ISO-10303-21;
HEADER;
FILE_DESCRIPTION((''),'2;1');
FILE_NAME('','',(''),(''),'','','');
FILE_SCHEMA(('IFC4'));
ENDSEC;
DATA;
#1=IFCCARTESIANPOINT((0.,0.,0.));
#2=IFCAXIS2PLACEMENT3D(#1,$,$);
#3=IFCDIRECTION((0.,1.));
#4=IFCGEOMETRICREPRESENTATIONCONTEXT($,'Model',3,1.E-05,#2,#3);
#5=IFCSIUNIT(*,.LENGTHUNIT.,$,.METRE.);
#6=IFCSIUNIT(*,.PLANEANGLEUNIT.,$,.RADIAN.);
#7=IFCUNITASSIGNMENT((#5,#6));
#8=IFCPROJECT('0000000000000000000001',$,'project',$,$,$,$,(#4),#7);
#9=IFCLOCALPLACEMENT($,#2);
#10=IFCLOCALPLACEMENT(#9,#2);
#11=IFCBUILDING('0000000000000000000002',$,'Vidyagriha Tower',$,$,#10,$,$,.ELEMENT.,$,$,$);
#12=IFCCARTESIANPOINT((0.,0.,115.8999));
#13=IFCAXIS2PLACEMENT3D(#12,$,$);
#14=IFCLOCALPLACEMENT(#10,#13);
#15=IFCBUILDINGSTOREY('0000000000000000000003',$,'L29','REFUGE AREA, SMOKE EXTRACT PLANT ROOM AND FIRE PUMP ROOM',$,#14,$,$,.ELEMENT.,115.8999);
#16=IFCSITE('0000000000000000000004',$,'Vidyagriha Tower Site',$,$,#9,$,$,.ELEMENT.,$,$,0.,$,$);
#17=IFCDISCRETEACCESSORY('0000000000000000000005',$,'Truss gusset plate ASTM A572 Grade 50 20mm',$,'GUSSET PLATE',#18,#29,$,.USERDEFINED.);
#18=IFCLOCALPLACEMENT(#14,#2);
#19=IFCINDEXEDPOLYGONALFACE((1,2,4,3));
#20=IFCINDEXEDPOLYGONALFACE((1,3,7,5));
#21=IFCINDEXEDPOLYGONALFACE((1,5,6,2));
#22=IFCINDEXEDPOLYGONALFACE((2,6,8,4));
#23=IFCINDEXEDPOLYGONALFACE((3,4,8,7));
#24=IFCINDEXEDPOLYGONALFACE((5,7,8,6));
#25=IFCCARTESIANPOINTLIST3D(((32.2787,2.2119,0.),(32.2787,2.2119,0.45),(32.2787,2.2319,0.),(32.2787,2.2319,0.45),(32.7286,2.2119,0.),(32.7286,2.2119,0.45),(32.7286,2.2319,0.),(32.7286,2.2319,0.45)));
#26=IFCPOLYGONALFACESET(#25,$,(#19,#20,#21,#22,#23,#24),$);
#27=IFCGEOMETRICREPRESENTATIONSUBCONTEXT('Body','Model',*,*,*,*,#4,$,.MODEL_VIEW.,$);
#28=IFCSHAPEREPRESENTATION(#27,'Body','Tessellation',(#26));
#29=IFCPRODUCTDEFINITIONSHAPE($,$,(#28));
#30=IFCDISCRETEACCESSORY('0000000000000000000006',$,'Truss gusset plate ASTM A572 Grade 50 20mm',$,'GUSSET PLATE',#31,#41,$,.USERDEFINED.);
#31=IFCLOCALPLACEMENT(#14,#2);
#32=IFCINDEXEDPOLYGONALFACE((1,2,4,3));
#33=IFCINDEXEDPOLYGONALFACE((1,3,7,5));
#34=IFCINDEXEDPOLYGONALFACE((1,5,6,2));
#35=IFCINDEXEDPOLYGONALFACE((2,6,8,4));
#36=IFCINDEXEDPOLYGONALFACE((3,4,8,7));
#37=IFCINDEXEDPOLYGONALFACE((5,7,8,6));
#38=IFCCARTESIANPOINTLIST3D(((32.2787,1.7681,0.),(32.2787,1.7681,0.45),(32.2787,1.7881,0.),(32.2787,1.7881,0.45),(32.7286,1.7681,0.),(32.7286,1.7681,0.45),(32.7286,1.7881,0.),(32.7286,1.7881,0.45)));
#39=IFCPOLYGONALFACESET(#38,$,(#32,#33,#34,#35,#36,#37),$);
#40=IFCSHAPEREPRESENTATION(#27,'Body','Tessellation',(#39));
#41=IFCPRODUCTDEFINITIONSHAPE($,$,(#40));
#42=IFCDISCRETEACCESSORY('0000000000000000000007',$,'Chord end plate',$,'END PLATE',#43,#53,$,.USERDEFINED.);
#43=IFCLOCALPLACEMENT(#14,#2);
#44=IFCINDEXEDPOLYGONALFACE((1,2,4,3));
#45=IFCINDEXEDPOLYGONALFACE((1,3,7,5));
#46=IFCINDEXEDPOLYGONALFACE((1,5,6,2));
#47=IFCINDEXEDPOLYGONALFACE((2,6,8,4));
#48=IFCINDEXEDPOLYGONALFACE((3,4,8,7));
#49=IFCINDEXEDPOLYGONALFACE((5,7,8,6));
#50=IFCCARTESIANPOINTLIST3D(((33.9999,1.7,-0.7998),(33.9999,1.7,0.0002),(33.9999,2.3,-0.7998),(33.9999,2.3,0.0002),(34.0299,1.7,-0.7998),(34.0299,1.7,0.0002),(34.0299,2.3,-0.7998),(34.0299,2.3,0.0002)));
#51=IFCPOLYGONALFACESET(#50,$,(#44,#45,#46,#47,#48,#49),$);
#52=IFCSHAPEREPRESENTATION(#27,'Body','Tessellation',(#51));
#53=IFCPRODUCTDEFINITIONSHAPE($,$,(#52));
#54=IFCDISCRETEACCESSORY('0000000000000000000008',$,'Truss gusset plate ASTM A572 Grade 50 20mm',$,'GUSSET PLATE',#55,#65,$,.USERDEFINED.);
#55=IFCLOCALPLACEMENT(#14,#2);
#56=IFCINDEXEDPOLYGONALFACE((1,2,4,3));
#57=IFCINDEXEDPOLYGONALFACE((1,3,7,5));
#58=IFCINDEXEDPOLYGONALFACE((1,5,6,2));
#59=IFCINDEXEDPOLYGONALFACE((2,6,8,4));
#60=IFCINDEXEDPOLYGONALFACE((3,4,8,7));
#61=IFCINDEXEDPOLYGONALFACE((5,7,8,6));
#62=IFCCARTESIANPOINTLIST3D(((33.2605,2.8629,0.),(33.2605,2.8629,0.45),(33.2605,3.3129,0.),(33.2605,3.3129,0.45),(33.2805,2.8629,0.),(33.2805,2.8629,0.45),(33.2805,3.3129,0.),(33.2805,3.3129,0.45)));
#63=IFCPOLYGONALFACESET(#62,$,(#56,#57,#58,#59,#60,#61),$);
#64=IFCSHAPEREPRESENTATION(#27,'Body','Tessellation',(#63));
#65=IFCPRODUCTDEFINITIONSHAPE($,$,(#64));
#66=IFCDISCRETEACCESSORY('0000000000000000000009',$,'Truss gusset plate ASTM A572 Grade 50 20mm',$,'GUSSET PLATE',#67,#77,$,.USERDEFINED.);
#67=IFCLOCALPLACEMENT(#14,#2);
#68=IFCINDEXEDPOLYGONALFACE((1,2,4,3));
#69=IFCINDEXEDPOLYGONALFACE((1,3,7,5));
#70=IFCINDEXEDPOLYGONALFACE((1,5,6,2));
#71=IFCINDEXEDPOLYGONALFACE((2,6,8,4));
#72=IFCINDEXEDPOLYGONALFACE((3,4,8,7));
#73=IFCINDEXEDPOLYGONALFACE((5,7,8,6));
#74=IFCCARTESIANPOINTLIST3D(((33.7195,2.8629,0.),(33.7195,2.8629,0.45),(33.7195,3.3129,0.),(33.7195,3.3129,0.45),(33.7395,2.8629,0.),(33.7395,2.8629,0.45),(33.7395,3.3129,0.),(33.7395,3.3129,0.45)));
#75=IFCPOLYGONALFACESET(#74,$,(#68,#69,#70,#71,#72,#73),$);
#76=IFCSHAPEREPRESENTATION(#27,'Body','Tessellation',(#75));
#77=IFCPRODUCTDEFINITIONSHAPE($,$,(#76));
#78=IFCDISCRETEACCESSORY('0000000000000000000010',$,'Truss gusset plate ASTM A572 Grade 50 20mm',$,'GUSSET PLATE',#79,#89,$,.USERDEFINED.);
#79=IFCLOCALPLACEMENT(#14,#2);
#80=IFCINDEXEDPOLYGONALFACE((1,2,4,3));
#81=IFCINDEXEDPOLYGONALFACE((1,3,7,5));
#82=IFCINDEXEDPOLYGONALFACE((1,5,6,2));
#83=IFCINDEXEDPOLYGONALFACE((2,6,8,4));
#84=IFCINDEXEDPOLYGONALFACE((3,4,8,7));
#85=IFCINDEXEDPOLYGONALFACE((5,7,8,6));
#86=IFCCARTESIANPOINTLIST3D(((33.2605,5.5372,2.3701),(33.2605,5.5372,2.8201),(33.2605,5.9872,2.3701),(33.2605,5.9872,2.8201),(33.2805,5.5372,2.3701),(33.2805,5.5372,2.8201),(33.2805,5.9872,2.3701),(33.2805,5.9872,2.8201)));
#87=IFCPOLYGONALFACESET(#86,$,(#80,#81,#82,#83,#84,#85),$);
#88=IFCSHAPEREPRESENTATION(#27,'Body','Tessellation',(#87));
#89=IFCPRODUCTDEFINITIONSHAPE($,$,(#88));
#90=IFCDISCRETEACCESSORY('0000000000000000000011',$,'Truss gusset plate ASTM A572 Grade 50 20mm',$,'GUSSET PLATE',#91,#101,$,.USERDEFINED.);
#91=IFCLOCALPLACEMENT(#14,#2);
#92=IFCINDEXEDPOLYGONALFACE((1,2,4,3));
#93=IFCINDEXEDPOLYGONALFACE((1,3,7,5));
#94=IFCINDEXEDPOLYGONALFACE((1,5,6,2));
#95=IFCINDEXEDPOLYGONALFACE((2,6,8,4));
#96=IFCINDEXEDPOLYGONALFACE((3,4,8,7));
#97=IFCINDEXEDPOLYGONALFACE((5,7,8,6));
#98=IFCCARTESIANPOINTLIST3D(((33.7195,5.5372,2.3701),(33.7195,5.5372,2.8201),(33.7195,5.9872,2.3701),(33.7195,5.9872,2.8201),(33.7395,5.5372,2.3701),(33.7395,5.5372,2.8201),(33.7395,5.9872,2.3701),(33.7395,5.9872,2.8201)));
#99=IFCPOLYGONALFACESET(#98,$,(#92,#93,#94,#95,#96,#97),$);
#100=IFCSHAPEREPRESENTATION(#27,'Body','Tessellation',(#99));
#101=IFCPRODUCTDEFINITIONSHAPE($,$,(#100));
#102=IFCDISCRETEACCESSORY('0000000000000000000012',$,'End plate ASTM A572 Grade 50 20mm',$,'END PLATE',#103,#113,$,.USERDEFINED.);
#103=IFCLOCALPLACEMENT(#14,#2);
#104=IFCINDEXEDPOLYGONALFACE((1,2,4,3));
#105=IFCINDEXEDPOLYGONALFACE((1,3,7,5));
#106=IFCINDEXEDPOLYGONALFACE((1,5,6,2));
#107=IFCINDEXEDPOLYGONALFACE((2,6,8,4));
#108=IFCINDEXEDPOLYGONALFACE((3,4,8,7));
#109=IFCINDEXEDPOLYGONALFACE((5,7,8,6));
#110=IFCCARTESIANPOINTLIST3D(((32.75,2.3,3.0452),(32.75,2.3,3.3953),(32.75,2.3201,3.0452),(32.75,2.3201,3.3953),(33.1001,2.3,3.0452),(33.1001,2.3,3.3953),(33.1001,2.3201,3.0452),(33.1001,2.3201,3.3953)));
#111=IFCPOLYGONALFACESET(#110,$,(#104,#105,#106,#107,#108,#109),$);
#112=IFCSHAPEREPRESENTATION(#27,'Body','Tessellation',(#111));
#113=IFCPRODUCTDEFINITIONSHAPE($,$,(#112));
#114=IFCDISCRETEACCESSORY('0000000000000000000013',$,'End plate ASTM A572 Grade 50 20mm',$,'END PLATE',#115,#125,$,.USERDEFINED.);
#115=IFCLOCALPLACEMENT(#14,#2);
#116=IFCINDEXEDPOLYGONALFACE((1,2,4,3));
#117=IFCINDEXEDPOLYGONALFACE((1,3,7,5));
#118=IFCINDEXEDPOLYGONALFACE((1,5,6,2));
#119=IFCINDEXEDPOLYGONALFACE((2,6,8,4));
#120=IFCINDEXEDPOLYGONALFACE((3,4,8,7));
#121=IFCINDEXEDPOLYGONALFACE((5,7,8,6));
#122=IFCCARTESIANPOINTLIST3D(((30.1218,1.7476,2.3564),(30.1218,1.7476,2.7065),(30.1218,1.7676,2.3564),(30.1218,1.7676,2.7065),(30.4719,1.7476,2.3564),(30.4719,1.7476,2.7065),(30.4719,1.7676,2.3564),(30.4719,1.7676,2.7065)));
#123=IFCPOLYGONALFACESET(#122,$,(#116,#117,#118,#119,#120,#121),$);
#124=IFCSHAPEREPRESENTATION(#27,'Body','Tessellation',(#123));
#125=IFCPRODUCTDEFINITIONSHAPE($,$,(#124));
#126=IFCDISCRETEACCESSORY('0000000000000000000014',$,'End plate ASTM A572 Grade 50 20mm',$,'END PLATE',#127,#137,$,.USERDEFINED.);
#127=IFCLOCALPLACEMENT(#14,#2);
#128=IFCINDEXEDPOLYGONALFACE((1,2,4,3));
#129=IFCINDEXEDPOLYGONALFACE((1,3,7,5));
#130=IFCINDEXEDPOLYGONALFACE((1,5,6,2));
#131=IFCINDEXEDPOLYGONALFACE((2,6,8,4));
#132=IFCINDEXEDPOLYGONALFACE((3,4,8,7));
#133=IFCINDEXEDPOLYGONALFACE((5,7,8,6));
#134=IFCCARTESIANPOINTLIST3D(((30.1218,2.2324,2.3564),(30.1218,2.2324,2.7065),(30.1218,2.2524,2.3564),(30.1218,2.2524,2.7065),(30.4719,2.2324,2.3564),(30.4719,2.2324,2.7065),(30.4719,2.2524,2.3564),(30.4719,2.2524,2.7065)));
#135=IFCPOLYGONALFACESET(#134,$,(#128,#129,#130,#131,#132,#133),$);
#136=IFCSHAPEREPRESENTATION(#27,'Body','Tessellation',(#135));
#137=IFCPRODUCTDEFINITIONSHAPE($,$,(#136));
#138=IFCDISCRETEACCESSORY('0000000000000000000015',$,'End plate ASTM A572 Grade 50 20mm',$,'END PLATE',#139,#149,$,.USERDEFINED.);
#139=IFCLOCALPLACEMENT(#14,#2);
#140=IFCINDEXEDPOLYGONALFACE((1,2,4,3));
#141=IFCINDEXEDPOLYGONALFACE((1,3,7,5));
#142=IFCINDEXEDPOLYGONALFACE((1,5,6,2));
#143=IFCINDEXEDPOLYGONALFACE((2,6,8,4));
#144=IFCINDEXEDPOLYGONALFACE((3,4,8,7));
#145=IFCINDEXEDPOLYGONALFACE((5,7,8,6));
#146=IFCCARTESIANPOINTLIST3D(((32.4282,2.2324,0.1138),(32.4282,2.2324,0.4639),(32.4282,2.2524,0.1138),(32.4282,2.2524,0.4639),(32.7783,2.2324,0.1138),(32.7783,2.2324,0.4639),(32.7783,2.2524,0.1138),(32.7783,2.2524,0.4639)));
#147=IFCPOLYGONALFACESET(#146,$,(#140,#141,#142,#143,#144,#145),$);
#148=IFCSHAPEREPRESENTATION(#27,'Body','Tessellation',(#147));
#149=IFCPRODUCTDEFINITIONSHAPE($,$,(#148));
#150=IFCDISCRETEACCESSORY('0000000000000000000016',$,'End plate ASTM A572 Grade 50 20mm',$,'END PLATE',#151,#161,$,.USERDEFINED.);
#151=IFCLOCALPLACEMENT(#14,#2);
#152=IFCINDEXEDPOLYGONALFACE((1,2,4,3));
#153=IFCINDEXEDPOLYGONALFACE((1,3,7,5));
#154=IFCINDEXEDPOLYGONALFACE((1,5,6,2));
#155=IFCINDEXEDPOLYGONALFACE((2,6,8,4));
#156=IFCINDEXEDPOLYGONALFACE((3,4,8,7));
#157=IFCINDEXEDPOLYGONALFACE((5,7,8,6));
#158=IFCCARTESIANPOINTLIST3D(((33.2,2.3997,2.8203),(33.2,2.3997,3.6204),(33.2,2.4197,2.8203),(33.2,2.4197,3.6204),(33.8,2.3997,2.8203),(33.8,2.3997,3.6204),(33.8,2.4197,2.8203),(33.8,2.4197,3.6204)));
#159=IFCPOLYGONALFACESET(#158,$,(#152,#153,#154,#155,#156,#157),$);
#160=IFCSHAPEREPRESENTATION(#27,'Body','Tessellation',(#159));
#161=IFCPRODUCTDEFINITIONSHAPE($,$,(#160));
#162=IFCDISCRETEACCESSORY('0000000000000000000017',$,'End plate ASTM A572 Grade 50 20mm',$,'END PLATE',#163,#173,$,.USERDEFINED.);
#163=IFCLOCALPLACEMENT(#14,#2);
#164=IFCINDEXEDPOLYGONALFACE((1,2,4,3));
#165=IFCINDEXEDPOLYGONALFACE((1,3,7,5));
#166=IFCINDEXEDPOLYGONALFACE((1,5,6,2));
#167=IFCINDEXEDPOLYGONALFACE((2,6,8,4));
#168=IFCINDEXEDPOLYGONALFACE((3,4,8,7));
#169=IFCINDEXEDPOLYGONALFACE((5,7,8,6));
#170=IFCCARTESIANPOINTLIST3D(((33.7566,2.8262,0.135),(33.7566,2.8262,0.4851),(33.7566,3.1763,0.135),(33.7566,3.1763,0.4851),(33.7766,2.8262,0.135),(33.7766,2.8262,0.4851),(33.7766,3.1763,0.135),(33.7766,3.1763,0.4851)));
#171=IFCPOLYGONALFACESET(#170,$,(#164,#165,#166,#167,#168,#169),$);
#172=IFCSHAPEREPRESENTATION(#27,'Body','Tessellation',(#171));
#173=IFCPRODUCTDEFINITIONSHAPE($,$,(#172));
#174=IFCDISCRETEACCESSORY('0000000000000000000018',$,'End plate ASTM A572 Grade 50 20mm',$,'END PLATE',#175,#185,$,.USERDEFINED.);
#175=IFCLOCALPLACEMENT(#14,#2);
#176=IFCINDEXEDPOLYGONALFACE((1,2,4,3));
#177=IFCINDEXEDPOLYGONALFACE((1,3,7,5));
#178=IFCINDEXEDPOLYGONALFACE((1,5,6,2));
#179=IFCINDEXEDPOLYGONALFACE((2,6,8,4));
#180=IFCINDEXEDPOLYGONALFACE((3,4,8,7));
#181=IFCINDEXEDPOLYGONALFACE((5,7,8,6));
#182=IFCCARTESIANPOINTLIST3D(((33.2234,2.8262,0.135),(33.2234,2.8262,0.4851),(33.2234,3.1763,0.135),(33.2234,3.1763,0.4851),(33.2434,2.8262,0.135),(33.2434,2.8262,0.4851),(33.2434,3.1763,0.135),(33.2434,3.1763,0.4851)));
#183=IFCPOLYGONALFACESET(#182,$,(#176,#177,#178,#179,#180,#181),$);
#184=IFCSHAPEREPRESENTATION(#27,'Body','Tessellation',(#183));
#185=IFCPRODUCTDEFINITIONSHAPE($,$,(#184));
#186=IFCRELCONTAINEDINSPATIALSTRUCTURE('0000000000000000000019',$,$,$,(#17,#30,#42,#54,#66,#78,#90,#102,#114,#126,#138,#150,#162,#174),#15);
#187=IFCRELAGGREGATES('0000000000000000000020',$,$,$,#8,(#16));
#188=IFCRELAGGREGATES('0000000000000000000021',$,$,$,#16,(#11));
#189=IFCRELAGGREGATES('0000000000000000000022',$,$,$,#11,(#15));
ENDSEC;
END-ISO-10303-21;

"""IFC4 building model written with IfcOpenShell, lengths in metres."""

from ifc_helpers import new_model, si_unit, direction, frame, origin, origin_2d, place, context, subcontext, project, spatial, rectangle, extrude, element, save


model = new_model("IFC4")

# Units and contexts
model_context = context("Model", 3, precision=1e-05, world=origin(), true_north=direction((0.0, 1.0)))
body_context = subcontext(model_context, "Body", "Model", "MODEL_VIEW")
ifc_project = project(units=[si_unit("LENGTHUNIT", "METRE"), si_unit("PLANEANGLEUNIT", "RADIAN")], contexts=[model_context])

# Site, building, storey
site_placement = place(None, origin())
site = spatial("IfcSite", under=ifc_project, at=site_placement, Name="Vidyagriha Tower Site", CompositionType="ELEMENT", RefElevation=0.0)
building_placement = place(site_placement, origin())
building = spatial("IfcBuilding", under=site, at=building_placement, Name="Vidyagriha Tower", CompositionType="ELEMENT")
storey_placement = place(building_placement, frame((0.0, 0.0, 115.8999)))
storey = spatial("IfcBuildingStorey", under=building, at=storey_placement, Name="L29", Description="REFUGE AREA, SMOKE EXTRACT PLANT ROOM AND FIRE PUMP ROOM", CompositionType="ELEMENT", Elevation=115.8999)

# Discrete accessories
for number, where, name in (
    (1, (32.5037, 2.2219, 0.0), "Truss gusset plate ASTM A572 Grade 50 20mm"),
    (2, (32.5037, 1.7781, 0.0), "Truss gusset plate ASTM A572 Grade 50 20mm"),
):
    element("IfcDiscreteAccessory", number, at=place(storey_placement, frame(where)), inside=storey, Name=name, ObjectType="GUSSET PLATE", PredefinedType="USERDEFINED", context=body_context, shape_type="SweptSolid", body=[
        extrude(rectangle(XDim=0.45, YDim=0.02, at=origin_2d()), origin(), (0.0, 0.0, 1.0), 0.45),
    ])
discrete_accessory_1_placement = place(storey_placement, frame((34.0149, 2.0, -0.7998)))
element("IfcDiscreteAccessory", 3, at=discrete_accessory_1_placement, inside=storey, Name="Chord end plate", ObjectType="END PLATE", PredefinedType="USERDEFINED", context=body_context, shape_type="SweptSolid", body=[
    extrude(rectangle(XDim=0.03, YDim=0.6001, at=origin_2d()), origin(), (0.0, 0.0, 1.0), 0.8),
])
for number, where, z_axis, x_axis, name in (
    (4, (33.2705, 3.0879, 0.0), (0.0, 0.0, 1.0), (0.0, 1.0, 0.0), "Truss gusset plate ASTM A572 Grade 50 20mm"),
    (5, (33.7295, 3.0879, 0.0), (0.0, 0.0, 1.0), (0.0, 1.0, 0.0), "Truss gusset plate ASTM A572 Grade 50 20mm"),
    (6, (33.2705, 5.7622, 2.3701), (0.0, 0.0, 1.0), (0.0, 1.0, 0.0), "Truss gusset plate ASTM A572 Grade 50 20mm"),
    (7, (33.7295, 5.7622, 2.3701), (0.0, 0.0, 1.0), (0.0, 1.0, 0.0), "Truss gusset plate ASTM A572 Grade 50 20mm"),
):
    element("IfcDiscreteAccessory", number, at=place(storey_placement, frame(where, z_axis=z_axis, x_axis=x_axis)), inside=storey, Name=name, ObjectType="GUSSET PLATE", PredefinedType="USERDEFINED", context=body_context, shape_type="SweptSolid", body=[
        extrude(rectangle(XDim=0.45, YDim=0.02, at=origin_2d()), origin(), (0.0, 0.0, 1.0), 0.45),
    ])
discrete_accessory_2_placement = place(storey_placement, frame((32.925, 2.3101, 3.0452)))
element("IfcDiscreteAccessory", 8, at=discrete_accessory_2_placement, inside=storey, Name="End plate ASTM A572 Grade 50 20mm", ObjectType="END PLATE", PredefinedType="USERDEFINED", context=body_context, shape_type="SweptSolid", body=[
    extrude(rectangle(XDim=0.3501, YDim=0.02, at=origin_2d()), origin(), (0.0, 0.0, 1.0), 0.3501),
])
for number, where, z_axis, x_axis, name in (
    (9, (30.2969, 1.7576, 2.3564), (0.0, 0.0, 1.0), (-1.0, 0.0, 0.0), "End plate ASTM A572 Grade 50 20mm"),
    (10, (30.2969, 2.2424, 2.3564), (0.0, 0.0, 1.0), (-1.0, 0.0, 0.0), "End plate ASTM A572 Grade 50 20mm"),
):
    element("IfcDiscreteAccessory", number, at=place(storey_placement, frame(where, z_axis=z_axis, x_axis=x_axis)), inside=storey, Name=name, ObjectType="END PLATE", PredefinedType="USERDEFINED", context=body_context, shape_type="SweptSolid", body=[
        extrude(rectangle(XDim=0.3501, YDim=0.02, at=origin_2d()), origin(), (0.0, 0.0, 1.0), 0.3501),
    ])
discrete_accessory_3_placement = place(storey_placement, frame((32.6033, 2.2424, 0.1138)))
element("IfcDiscreteAccessory", 11, at=discrete_accessory_3_placement, inside=storey, Name="End plate ASTM A572 Grade 50 20mm", ObjectType="END PLATE", PredefinedType="USERDEFINED", context=body_context, shape_type="SweptSolid", body=[
    extrude(rectangle(XDim=0.3501, YDim=0.02, at=origin_2d()), origin(), (0.0, 0.0, 1.0), 0.3501),
])
discrete_accessory_4_placement = place(storey_placement, frame((33.5, 2.4097, 2.8203), z_axis=(0.0, 0.0, 1.0), x_axis=(0.0, -1.0, 0.0)))
element("IfcDiscreteAccessory", 12, at=discrete_accessory_4_placement, inside=storey, Name="End plate ASTM A572 Grade 50 20mm", ObjectType="END PLATE", PredefinedType="USERDEFINED", context=body_context, shape_type="SweptSolid", body=[
    extrude(rectangle(XDim=0.02, YDim=0.6001, at=origin_2d()), origin(), (0.0, 0.0, 1.0), 0.8),
])
for number, where, z_axis, x_axis, name in (
    (13, (33.7666, 3.0012, 0.135), (0.0, 0.0, 1.0), (0.0, -1.0, 0.0), "End plate ASTM A572 Grade 50 20mm"),
    (14, (33.2334, 3.0012, 0.135), (0.0, 0.0, 1.0), (0.0, -1.0, 0.0), "End plate ASTM A572 Grade 50 20mm"),
):
    element("IfcDiscreteAccessory", number, at=place(storey_placement, frame(where, z_axis=z_axis, x_axis=x_axis)), inside=storey, Name=name, ObjectType="END PLATE", PredefinedType="USERDEFINED", context=body_context, shape_type="SweptSolid", body=[
        extrude(rectangle(XDim=0.3501, YDim=0.02, at=origin_2d()), origin(), (0.0, 0.0, 1.0), 0.3501),
    ])

save(model, "model.ifc")
